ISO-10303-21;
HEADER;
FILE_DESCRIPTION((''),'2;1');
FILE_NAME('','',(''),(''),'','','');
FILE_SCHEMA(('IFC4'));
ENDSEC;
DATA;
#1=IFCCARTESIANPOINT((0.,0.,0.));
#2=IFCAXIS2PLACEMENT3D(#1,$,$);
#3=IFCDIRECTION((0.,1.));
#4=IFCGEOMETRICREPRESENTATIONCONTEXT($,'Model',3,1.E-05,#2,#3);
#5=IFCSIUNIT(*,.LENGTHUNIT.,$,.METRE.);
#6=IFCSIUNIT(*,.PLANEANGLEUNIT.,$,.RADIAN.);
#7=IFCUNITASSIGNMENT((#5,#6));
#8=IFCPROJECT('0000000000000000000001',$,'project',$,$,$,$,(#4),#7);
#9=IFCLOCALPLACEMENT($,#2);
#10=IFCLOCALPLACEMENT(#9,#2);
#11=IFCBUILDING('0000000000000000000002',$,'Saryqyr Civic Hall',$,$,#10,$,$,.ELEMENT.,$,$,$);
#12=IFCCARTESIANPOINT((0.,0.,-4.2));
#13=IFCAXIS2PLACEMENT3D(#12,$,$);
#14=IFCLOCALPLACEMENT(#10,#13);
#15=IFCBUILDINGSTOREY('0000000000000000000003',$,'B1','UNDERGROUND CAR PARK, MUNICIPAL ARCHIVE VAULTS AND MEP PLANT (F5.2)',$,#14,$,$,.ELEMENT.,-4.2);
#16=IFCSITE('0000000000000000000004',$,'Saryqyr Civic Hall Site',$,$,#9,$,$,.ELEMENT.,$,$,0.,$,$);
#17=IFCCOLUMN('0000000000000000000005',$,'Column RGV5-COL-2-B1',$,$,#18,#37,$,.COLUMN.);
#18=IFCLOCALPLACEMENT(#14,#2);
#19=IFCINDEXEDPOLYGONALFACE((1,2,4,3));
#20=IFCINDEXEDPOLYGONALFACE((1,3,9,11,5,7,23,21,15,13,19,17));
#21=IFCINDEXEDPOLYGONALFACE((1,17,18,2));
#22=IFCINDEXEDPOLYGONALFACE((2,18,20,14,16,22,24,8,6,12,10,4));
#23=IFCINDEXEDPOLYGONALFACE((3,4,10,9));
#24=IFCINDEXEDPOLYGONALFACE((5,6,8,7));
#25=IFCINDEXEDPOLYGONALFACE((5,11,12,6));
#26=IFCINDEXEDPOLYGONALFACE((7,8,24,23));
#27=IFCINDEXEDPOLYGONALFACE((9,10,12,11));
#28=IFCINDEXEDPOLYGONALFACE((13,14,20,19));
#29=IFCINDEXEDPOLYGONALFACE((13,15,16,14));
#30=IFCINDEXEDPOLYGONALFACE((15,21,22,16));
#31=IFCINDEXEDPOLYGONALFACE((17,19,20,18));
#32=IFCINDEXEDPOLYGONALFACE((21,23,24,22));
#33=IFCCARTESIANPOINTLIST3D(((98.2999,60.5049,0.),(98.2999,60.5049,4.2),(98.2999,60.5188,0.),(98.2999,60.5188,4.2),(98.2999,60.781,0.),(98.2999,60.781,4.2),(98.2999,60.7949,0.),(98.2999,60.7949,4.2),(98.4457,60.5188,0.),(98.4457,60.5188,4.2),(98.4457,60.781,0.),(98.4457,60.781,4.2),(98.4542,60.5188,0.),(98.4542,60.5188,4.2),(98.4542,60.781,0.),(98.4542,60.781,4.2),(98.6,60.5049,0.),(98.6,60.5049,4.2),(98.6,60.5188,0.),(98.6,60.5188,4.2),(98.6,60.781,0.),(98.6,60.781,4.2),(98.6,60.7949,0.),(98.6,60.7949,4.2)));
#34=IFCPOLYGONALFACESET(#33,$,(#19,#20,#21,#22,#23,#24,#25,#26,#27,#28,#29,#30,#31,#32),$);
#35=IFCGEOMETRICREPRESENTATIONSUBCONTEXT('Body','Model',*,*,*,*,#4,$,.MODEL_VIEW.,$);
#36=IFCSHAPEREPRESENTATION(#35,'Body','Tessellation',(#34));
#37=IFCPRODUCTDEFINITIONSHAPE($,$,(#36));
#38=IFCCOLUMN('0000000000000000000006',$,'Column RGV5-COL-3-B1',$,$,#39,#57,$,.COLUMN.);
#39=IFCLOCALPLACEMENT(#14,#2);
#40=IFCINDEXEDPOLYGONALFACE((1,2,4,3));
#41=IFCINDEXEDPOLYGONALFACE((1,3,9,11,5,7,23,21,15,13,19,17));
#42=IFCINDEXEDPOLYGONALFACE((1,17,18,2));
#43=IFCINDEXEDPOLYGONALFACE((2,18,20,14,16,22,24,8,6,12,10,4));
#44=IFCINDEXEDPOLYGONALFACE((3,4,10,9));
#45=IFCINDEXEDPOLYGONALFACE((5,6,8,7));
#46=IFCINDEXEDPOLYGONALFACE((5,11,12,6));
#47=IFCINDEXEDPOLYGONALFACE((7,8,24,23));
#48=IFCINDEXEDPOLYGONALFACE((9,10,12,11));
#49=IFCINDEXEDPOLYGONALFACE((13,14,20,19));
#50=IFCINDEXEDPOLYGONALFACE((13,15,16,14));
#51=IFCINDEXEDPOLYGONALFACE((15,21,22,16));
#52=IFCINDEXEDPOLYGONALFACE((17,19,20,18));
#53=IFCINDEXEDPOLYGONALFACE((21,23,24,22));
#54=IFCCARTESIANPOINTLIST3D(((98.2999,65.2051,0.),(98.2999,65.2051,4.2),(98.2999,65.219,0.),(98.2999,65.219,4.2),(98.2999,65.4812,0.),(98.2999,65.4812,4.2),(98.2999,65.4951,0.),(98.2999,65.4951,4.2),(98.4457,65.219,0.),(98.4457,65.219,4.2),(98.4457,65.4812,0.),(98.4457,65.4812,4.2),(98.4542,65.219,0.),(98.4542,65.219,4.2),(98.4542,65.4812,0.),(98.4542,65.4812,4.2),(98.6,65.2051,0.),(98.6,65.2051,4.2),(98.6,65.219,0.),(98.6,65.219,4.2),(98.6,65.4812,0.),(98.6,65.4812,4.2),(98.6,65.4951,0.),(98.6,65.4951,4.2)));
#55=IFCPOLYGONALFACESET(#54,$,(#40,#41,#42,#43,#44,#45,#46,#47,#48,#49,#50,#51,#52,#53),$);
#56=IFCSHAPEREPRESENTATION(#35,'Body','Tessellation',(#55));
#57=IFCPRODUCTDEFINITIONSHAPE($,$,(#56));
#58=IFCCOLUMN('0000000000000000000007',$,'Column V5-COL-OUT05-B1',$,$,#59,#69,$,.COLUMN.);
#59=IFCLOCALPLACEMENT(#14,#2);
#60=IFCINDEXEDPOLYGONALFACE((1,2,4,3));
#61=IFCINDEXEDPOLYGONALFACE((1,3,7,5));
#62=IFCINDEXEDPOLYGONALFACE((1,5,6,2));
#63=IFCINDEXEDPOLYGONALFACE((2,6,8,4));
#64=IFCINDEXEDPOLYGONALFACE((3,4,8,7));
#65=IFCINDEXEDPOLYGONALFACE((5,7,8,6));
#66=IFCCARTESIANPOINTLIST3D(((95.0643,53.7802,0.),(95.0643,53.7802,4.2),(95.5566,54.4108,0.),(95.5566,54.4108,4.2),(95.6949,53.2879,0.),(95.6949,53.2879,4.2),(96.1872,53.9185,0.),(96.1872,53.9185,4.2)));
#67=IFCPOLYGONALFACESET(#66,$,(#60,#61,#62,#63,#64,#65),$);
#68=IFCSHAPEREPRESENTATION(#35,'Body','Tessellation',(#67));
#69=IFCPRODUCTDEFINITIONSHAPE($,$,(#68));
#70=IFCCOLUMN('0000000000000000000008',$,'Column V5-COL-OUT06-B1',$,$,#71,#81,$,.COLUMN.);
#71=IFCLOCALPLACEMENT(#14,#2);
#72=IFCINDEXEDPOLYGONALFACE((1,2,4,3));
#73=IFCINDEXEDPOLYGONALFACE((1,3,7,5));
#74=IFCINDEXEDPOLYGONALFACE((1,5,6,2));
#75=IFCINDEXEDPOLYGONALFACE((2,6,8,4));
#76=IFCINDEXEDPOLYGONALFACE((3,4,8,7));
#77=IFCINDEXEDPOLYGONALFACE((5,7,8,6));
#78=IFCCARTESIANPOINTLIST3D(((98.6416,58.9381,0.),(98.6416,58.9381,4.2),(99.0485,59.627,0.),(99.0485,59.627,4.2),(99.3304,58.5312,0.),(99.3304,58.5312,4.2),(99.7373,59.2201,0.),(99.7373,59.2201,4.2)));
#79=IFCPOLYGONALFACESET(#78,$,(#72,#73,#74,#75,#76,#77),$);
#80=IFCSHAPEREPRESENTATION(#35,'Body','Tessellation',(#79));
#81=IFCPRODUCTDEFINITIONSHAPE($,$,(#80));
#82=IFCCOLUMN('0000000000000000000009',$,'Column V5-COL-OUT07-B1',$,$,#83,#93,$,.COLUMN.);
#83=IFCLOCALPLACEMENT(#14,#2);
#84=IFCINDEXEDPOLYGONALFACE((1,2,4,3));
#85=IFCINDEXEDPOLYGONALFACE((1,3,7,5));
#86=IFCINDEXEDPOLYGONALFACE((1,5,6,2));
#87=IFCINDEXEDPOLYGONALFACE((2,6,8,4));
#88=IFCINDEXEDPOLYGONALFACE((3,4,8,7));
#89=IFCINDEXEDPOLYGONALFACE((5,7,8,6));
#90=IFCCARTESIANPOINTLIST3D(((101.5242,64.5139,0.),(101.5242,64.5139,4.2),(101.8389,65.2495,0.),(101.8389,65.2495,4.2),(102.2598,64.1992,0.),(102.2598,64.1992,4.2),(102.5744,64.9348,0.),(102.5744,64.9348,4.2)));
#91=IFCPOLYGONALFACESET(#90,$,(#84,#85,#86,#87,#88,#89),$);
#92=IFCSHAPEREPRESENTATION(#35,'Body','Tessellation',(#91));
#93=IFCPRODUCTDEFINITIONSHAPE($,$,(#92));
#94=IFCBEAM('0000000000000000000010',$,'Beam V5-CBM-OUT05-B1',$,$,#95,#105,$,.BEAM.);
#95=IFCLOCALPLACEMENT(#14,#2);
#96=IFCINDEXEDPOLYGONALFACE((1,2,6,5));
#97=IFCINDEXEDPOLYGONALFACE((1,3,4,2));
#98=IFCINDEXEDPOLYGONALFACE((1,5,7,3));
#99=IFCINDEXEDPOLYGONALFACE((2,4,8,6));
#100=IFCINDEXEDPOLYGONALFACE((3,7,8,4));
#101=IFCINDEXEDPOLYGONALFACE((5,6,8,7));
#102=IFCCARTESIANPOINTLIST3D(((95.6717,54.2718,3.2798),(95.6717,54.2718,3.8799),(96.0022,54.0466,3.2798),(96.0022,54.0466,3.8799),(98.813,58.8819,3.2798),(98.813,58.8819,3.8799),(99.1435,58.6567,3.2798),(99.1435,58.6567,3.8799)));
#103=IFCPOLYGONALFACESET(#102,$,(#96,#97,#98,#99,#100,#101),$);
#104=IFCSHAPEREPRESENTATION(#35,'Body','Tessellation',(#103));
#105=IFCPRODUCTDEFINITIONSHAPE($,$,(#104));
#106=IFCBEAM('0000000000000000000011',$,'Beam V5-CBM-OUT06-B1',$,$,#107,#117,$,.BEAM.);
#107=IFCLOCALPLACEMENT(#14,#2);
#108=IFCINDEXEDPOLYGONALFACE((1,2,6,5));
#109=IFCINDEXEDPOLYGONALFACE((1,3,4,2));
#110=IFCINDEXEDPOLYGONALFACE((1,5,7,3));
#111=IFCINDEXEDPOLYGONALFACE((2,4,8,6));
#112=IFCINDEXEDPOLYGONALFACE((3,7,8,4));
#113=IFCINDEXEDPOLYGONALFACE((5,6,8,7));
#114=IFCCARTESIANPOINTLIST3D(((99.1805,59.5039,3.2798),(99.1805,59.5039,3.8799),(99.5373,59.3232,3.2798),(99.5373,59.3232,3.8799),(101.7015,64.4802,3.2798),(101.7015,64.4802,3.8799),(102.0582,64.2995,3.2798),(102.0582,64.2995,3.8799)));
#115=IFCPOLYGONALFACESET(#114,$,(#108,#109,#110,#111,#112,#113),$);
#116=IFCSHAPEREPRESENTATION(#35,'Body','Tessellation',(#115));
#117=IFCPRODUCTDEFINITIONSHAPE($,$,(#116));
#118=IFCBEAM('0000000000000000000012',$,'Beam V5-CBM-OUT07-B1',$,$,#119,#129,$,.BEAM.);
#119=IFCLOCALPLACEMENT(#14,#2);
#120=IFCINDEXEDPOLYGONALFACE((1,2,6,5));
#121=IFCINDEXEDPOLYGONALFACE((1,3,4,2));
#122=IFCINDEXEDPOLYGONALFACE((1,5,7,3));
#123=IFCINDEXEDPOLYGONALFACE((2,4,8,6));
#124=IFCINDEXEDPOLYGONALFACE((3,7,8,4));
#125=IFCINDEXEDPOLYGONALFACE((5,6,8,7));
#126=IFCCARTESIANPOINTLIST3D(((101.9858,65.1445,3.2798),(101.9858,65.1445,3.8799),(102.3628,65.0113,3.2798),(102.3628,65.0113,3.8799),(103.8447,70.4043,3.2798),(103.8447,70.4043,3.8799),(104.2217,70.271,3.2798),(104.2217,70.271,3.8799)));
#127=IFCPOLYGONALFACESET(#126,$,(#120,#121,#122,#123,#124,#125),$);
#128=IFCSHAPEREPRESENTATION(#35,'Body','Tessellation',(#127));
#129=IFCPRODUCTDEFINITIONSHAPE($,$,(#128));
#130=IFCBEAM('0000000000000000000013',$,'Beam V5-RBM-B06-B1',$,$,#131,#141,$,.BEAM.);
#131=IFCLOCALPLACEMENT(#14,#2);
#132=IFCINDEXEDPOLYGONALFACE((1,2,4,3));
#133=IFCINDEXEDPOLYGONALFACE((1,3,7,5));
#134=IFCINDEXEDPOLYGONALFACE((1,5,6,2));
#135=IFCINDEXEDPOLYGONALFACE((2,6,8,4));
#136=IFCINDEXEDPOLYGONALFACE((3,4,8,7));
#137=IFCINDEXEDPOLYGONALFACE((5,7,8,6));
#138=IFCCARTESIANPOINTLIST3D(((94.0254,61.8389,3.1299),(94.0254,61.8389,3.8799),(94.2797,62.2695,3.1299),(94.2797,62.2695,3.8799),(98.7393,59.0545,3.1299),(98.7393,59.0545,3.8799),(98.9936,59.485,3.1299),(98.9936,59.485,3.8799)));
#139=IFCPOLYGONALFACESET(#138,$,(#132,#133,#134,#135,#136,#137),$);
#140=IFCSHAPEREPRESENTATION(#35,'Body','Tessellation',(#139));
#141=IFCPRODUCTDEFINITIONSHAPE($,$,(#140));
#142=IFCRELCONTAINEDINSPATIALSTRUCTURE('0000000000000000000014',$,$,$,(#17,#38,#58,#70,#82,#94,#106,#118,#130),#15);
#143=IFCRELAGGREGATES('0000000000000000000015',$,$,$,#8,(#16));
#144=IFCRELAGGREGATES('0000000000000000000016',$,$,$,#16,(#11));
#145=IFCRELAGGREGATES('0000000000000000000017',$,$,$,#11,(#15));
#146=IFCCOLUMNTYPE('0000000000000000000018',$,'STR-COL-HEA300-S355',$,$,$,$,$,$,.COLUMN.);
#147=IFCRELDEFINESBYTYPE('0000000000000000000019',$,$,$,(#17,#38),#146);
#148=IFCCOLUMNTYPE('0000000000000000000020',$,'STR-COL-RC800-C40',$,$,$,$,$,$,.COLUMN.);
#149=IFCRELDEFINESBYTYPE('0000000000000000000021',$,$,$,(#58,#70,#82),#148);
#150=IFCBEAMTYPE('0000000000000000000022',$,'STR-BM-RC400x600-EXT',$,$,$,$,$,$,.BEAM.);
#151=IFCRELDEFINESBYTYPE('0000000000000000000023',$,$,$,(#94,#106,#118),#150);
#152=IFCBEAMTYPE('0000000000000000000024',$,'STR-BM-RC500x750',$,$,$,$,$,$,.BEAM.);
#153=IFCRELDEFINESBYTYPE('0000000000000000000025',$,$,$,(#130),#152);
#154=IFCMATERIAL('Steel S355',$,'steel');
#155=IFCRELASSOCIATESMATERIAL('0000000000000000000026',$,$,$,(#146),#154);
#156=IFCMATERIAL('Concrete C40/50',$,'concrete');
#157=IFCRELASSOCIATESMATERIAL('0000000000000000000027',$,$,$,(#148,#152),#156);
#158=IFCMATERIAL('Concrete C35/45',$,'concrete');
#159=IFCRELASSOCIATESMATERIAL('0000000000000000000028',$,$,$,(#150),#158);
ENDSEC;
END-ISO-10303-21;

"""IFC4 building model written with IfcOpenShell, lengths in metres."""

from ifc_helpers import new_model, si_unit, direction, frame, origin, origin_2d, place, context, subcontext, project, spatial, rectangle, i_section, extrude, material, material_profile, profile_set, type_object, element, save


model = new_model("IFC4")

# Units and contexts
model_context = context("Model", 3, precision=1e-05, world=origin(), true_north=direction((0.0, 1.0)))
body_context = subcontext(model_context, "Body", "Model", "MODEL_VIEW")
ifc_project = project(units=[si_unit("LENGTHUNIT", "METRE"), si_unit("PLANEANGLEUNIT", "RADIAN")], contexts=[model_context])

# Site, building, storey
site_placement = place(None, origin())
site = spatial("IfcSite", under=ifc_project, at=site_placement, Name="Saryqyr Civic Hall Site", CompositionType="ELEMENT", RefElevation=0.0)
building_placement = place(site_placement, origin())
building = spatial("IfcBuilding", under=site, at=building_placement, Name="Saryqyr Civic Hall", CompositionType="ELEMENT")
storey_placement = place(building_placement, frame((0.0, 0.0, -4.2)))
storey = spatial("IfcBuildingStorey", under=building, at=storey_placement, Name="B1", Description="UNDERGROUND CAR PARK, MUNICIPAL ARCHIVE VAULTS AND MEP PLANT (F5.2)", CompositionType="ELEMENT", Elevation=-4.2)

# Shared definitions
ifc_material_1 = material(Name="Concrete C35/45", Category="concrete")

# Columns
ifc_material_2 = material(Name="Steel S355", Category="steel")
ifc_material_profile_1 = material_profile(ifc_material_2, i_section(OverallWidth=0.3, OverallDepth=0.29, WebThickness=0.0085, FlangeThickness=0.0139, at=origin_2d()), Name="HEA 300")
ifc_profile_set_1 = profile_set([ifc_material_profile_1], Name="Steel S355")
column_type_1 = type_object("IfcColumnType", Name="STR-COL-HEA300-S355", PredefinedType="COLUMN", material=ifc_profile_set_1)
for number, where, z_axis, x_axis, name in (
    (1, (98.45, 60.6499, 0.0), (0.0, 0.0, 1.0), (1.0, 0.0, 0.0), "Column RGV5-COL-2-B1"),
    (2, (98.45, 65.3501, 0.0), (0.0, 0.0, 1.0), (1.0, 0.0, 0.0), "Column RGV5-COL-3-B1"),
):
    element("IfcColumn", number, at=place(storey_placement, frame(where, z_axis=z_axis, x_axis=x_axis)), inside=storey, type_object=column_type_1, Name=name, PredefinedType="COLUMN", context=body_context, shape_type="SweptSolid", body=[
        extrude(i_section(OverallWidth=0.3, OverallDepth=0.29, WebThickness=0.0085, FlangeThickness=0.0139, at=origin_2d()), origin(), (0.0, 0.0, 1.0), 4.2),
    ])
ifc_material_3 = material(Name="Concrete C40/50", Category="concrete")
ifc_material_profile_2 = material_profile(ifc_material_3, rectangle(XDim=0.8, YDim=0.8, at=origin_2d()), Name="RC 800x800")
ifc_profile_set_2 = profile_set([ifc_material_profile_2], Name="Concrete C40/50")
column_type_2 = type_object("IfcColumnType", Name="STR-COL-RC800-C40", PredefinedType="COLUMN", material=ifc_profile_set_2)
for number, where, z_axis, x_axis, name in (
    (3, (95.6257, 53.8494, 0.0), (0.0, 0.0, 1.0), (0.788226, -0.615386, 0.0), "Column V5-COL-OUT05-B1"),
    (4, (99.1895, 59.0791, 0.0), (0.0, 0.0, 1.0), (0.861008, -0.508591, 0.0), "Column V5-COL-OUT06-B1"),
    (5, (102.0493, 64.7244, 0.0), (0.0, 0.0, 1.0), (0.91941, -0.3933, 0.0), "Column V5-COL-OUT07-B1"),
):
    element("IfcColumn", number, at=place(storey_placement, frame(where, z_axis=z_axis, x_axis=x_axis)), inside=storey, type_object=column_type_2, Name=name, PredefinedType="COLUMN", context=body_context, shape_type="SweptSolid", body=[
        extrude(rectangle(XDim=0.8, YDim=0.8, at=origin_2d()), origin(), (0.0, 0.0, 1.0), 4.2),
    ])

# Beams
ifc_material_profile_3 = material_profile(ifc_material_1, rectangle(XDim=0.3999, YDim=0.6001, at=origin_2d()), Name="RC 400x600")
ifc_profile_set_3 = profile_set([ifc_material_profile_3], Name="Concrete C35/45")
beam_type_1 = type_object("IfcBeamType", Name="STR-BM-RC400x600-EXT", PredefinedType="BEAM", material=ifc_profile_set_3)
beam_1_placement = place(storey_placement, frame((95.8369, 54.1592, 3.5798), z_axis=(0.563105, 0.826386, 0.0), x_axis=(-0.826386, 0.563105, 0.0)))
element("IfcBeam", 6, at=beam_1_placement, inside=storey, type_object=beam_type_1, Name="Beam V5-CBM-OUT05-B1", PredefinedType="BEAM", context=body_context, shape_type="SweptSolid", body=[
    extrude(rectangle(XDim=0.3999, YDim=0.6001, at=origin_2d()), origin(), (0.0, 0.0, 1.0), 5.5786),
])
beam_2_placement = place(storey_placement, frame((99.3589, 59.4136, 3.5798), z_axis=(0.451917, 0.89206, 0.0), x_axis=(-0.89206, 0.451917, 0.0)))
element("IfcBeam", 7, at=beam_2_placement, inside=storey, type_object=beam_type_1, Name="Beam V5-CBM-OUT06-B1", PredefinedType="BEAM", context=body_context, shape_type="SweptSolid", body=[
    extrude(rectangle(XDim=0.3999, YDim=0.6001, at=origin_2d()), origin(), (0.0, 0.0, 1.0), 5.5784),
])
beam_3_placement = place(storey_placement, frame((102.1743, 65.0779, 3.5798), z_axis=(0.333218, 0.94285, 0.0), x_axis=(-0.94285, 0.333218, 0.0)))
element("IfcBeam", 8, at=beam_3_placement, inside=storey, type_object=beam_type_1, Name="Beam V5-CBM-OUT07-B1", PredefinedType="BEAM", context=body_context, shape_type="SweptSolid", body=[
    extrude(rectangle(XDim=0.3999, YDim=0.6001, at=origin_2d()), origin(), (0.0, 0.0, 1.0), 5.5786),
])
ifc_material_profile_4 = material_profile(ifc_material_3, rectangle(XDim=0.5, YDim=0.75, at=origin_2d()), Name="RC 500x750")
ifc_profile_set_4 = profile_set([ifc_material_profile_4], Name="Concrete C40/50")
beam_type_2 = type_object("IfcBeamType", Name="STR-BM-RC500x750", PredefinedType="BEAM", material=ifc_profile_set_4)
beam_4_placement = place(storey_placement, frame((94.1526, 62.0542, 3.5049), z_axis=(0.86101, -0.508588, 0.0), x_axis=(0.508588, 0.86101, 0.0)))
element("IfcBeam", 9, at=beam_4_placement, inside=storey, type_object=beam_type_2, Name="Beam V5-RBM-B06-B1", PredefinedType="BEAM", context=body_context, shape_type="SweptSolid", body=[
    extrude(rectangle(XDim=0.5, YDim=0.75, at=origin_2d()), origin(), (0.0, 0.0, 1.0), 5.4749),
])

save(model, "model.ifc")
